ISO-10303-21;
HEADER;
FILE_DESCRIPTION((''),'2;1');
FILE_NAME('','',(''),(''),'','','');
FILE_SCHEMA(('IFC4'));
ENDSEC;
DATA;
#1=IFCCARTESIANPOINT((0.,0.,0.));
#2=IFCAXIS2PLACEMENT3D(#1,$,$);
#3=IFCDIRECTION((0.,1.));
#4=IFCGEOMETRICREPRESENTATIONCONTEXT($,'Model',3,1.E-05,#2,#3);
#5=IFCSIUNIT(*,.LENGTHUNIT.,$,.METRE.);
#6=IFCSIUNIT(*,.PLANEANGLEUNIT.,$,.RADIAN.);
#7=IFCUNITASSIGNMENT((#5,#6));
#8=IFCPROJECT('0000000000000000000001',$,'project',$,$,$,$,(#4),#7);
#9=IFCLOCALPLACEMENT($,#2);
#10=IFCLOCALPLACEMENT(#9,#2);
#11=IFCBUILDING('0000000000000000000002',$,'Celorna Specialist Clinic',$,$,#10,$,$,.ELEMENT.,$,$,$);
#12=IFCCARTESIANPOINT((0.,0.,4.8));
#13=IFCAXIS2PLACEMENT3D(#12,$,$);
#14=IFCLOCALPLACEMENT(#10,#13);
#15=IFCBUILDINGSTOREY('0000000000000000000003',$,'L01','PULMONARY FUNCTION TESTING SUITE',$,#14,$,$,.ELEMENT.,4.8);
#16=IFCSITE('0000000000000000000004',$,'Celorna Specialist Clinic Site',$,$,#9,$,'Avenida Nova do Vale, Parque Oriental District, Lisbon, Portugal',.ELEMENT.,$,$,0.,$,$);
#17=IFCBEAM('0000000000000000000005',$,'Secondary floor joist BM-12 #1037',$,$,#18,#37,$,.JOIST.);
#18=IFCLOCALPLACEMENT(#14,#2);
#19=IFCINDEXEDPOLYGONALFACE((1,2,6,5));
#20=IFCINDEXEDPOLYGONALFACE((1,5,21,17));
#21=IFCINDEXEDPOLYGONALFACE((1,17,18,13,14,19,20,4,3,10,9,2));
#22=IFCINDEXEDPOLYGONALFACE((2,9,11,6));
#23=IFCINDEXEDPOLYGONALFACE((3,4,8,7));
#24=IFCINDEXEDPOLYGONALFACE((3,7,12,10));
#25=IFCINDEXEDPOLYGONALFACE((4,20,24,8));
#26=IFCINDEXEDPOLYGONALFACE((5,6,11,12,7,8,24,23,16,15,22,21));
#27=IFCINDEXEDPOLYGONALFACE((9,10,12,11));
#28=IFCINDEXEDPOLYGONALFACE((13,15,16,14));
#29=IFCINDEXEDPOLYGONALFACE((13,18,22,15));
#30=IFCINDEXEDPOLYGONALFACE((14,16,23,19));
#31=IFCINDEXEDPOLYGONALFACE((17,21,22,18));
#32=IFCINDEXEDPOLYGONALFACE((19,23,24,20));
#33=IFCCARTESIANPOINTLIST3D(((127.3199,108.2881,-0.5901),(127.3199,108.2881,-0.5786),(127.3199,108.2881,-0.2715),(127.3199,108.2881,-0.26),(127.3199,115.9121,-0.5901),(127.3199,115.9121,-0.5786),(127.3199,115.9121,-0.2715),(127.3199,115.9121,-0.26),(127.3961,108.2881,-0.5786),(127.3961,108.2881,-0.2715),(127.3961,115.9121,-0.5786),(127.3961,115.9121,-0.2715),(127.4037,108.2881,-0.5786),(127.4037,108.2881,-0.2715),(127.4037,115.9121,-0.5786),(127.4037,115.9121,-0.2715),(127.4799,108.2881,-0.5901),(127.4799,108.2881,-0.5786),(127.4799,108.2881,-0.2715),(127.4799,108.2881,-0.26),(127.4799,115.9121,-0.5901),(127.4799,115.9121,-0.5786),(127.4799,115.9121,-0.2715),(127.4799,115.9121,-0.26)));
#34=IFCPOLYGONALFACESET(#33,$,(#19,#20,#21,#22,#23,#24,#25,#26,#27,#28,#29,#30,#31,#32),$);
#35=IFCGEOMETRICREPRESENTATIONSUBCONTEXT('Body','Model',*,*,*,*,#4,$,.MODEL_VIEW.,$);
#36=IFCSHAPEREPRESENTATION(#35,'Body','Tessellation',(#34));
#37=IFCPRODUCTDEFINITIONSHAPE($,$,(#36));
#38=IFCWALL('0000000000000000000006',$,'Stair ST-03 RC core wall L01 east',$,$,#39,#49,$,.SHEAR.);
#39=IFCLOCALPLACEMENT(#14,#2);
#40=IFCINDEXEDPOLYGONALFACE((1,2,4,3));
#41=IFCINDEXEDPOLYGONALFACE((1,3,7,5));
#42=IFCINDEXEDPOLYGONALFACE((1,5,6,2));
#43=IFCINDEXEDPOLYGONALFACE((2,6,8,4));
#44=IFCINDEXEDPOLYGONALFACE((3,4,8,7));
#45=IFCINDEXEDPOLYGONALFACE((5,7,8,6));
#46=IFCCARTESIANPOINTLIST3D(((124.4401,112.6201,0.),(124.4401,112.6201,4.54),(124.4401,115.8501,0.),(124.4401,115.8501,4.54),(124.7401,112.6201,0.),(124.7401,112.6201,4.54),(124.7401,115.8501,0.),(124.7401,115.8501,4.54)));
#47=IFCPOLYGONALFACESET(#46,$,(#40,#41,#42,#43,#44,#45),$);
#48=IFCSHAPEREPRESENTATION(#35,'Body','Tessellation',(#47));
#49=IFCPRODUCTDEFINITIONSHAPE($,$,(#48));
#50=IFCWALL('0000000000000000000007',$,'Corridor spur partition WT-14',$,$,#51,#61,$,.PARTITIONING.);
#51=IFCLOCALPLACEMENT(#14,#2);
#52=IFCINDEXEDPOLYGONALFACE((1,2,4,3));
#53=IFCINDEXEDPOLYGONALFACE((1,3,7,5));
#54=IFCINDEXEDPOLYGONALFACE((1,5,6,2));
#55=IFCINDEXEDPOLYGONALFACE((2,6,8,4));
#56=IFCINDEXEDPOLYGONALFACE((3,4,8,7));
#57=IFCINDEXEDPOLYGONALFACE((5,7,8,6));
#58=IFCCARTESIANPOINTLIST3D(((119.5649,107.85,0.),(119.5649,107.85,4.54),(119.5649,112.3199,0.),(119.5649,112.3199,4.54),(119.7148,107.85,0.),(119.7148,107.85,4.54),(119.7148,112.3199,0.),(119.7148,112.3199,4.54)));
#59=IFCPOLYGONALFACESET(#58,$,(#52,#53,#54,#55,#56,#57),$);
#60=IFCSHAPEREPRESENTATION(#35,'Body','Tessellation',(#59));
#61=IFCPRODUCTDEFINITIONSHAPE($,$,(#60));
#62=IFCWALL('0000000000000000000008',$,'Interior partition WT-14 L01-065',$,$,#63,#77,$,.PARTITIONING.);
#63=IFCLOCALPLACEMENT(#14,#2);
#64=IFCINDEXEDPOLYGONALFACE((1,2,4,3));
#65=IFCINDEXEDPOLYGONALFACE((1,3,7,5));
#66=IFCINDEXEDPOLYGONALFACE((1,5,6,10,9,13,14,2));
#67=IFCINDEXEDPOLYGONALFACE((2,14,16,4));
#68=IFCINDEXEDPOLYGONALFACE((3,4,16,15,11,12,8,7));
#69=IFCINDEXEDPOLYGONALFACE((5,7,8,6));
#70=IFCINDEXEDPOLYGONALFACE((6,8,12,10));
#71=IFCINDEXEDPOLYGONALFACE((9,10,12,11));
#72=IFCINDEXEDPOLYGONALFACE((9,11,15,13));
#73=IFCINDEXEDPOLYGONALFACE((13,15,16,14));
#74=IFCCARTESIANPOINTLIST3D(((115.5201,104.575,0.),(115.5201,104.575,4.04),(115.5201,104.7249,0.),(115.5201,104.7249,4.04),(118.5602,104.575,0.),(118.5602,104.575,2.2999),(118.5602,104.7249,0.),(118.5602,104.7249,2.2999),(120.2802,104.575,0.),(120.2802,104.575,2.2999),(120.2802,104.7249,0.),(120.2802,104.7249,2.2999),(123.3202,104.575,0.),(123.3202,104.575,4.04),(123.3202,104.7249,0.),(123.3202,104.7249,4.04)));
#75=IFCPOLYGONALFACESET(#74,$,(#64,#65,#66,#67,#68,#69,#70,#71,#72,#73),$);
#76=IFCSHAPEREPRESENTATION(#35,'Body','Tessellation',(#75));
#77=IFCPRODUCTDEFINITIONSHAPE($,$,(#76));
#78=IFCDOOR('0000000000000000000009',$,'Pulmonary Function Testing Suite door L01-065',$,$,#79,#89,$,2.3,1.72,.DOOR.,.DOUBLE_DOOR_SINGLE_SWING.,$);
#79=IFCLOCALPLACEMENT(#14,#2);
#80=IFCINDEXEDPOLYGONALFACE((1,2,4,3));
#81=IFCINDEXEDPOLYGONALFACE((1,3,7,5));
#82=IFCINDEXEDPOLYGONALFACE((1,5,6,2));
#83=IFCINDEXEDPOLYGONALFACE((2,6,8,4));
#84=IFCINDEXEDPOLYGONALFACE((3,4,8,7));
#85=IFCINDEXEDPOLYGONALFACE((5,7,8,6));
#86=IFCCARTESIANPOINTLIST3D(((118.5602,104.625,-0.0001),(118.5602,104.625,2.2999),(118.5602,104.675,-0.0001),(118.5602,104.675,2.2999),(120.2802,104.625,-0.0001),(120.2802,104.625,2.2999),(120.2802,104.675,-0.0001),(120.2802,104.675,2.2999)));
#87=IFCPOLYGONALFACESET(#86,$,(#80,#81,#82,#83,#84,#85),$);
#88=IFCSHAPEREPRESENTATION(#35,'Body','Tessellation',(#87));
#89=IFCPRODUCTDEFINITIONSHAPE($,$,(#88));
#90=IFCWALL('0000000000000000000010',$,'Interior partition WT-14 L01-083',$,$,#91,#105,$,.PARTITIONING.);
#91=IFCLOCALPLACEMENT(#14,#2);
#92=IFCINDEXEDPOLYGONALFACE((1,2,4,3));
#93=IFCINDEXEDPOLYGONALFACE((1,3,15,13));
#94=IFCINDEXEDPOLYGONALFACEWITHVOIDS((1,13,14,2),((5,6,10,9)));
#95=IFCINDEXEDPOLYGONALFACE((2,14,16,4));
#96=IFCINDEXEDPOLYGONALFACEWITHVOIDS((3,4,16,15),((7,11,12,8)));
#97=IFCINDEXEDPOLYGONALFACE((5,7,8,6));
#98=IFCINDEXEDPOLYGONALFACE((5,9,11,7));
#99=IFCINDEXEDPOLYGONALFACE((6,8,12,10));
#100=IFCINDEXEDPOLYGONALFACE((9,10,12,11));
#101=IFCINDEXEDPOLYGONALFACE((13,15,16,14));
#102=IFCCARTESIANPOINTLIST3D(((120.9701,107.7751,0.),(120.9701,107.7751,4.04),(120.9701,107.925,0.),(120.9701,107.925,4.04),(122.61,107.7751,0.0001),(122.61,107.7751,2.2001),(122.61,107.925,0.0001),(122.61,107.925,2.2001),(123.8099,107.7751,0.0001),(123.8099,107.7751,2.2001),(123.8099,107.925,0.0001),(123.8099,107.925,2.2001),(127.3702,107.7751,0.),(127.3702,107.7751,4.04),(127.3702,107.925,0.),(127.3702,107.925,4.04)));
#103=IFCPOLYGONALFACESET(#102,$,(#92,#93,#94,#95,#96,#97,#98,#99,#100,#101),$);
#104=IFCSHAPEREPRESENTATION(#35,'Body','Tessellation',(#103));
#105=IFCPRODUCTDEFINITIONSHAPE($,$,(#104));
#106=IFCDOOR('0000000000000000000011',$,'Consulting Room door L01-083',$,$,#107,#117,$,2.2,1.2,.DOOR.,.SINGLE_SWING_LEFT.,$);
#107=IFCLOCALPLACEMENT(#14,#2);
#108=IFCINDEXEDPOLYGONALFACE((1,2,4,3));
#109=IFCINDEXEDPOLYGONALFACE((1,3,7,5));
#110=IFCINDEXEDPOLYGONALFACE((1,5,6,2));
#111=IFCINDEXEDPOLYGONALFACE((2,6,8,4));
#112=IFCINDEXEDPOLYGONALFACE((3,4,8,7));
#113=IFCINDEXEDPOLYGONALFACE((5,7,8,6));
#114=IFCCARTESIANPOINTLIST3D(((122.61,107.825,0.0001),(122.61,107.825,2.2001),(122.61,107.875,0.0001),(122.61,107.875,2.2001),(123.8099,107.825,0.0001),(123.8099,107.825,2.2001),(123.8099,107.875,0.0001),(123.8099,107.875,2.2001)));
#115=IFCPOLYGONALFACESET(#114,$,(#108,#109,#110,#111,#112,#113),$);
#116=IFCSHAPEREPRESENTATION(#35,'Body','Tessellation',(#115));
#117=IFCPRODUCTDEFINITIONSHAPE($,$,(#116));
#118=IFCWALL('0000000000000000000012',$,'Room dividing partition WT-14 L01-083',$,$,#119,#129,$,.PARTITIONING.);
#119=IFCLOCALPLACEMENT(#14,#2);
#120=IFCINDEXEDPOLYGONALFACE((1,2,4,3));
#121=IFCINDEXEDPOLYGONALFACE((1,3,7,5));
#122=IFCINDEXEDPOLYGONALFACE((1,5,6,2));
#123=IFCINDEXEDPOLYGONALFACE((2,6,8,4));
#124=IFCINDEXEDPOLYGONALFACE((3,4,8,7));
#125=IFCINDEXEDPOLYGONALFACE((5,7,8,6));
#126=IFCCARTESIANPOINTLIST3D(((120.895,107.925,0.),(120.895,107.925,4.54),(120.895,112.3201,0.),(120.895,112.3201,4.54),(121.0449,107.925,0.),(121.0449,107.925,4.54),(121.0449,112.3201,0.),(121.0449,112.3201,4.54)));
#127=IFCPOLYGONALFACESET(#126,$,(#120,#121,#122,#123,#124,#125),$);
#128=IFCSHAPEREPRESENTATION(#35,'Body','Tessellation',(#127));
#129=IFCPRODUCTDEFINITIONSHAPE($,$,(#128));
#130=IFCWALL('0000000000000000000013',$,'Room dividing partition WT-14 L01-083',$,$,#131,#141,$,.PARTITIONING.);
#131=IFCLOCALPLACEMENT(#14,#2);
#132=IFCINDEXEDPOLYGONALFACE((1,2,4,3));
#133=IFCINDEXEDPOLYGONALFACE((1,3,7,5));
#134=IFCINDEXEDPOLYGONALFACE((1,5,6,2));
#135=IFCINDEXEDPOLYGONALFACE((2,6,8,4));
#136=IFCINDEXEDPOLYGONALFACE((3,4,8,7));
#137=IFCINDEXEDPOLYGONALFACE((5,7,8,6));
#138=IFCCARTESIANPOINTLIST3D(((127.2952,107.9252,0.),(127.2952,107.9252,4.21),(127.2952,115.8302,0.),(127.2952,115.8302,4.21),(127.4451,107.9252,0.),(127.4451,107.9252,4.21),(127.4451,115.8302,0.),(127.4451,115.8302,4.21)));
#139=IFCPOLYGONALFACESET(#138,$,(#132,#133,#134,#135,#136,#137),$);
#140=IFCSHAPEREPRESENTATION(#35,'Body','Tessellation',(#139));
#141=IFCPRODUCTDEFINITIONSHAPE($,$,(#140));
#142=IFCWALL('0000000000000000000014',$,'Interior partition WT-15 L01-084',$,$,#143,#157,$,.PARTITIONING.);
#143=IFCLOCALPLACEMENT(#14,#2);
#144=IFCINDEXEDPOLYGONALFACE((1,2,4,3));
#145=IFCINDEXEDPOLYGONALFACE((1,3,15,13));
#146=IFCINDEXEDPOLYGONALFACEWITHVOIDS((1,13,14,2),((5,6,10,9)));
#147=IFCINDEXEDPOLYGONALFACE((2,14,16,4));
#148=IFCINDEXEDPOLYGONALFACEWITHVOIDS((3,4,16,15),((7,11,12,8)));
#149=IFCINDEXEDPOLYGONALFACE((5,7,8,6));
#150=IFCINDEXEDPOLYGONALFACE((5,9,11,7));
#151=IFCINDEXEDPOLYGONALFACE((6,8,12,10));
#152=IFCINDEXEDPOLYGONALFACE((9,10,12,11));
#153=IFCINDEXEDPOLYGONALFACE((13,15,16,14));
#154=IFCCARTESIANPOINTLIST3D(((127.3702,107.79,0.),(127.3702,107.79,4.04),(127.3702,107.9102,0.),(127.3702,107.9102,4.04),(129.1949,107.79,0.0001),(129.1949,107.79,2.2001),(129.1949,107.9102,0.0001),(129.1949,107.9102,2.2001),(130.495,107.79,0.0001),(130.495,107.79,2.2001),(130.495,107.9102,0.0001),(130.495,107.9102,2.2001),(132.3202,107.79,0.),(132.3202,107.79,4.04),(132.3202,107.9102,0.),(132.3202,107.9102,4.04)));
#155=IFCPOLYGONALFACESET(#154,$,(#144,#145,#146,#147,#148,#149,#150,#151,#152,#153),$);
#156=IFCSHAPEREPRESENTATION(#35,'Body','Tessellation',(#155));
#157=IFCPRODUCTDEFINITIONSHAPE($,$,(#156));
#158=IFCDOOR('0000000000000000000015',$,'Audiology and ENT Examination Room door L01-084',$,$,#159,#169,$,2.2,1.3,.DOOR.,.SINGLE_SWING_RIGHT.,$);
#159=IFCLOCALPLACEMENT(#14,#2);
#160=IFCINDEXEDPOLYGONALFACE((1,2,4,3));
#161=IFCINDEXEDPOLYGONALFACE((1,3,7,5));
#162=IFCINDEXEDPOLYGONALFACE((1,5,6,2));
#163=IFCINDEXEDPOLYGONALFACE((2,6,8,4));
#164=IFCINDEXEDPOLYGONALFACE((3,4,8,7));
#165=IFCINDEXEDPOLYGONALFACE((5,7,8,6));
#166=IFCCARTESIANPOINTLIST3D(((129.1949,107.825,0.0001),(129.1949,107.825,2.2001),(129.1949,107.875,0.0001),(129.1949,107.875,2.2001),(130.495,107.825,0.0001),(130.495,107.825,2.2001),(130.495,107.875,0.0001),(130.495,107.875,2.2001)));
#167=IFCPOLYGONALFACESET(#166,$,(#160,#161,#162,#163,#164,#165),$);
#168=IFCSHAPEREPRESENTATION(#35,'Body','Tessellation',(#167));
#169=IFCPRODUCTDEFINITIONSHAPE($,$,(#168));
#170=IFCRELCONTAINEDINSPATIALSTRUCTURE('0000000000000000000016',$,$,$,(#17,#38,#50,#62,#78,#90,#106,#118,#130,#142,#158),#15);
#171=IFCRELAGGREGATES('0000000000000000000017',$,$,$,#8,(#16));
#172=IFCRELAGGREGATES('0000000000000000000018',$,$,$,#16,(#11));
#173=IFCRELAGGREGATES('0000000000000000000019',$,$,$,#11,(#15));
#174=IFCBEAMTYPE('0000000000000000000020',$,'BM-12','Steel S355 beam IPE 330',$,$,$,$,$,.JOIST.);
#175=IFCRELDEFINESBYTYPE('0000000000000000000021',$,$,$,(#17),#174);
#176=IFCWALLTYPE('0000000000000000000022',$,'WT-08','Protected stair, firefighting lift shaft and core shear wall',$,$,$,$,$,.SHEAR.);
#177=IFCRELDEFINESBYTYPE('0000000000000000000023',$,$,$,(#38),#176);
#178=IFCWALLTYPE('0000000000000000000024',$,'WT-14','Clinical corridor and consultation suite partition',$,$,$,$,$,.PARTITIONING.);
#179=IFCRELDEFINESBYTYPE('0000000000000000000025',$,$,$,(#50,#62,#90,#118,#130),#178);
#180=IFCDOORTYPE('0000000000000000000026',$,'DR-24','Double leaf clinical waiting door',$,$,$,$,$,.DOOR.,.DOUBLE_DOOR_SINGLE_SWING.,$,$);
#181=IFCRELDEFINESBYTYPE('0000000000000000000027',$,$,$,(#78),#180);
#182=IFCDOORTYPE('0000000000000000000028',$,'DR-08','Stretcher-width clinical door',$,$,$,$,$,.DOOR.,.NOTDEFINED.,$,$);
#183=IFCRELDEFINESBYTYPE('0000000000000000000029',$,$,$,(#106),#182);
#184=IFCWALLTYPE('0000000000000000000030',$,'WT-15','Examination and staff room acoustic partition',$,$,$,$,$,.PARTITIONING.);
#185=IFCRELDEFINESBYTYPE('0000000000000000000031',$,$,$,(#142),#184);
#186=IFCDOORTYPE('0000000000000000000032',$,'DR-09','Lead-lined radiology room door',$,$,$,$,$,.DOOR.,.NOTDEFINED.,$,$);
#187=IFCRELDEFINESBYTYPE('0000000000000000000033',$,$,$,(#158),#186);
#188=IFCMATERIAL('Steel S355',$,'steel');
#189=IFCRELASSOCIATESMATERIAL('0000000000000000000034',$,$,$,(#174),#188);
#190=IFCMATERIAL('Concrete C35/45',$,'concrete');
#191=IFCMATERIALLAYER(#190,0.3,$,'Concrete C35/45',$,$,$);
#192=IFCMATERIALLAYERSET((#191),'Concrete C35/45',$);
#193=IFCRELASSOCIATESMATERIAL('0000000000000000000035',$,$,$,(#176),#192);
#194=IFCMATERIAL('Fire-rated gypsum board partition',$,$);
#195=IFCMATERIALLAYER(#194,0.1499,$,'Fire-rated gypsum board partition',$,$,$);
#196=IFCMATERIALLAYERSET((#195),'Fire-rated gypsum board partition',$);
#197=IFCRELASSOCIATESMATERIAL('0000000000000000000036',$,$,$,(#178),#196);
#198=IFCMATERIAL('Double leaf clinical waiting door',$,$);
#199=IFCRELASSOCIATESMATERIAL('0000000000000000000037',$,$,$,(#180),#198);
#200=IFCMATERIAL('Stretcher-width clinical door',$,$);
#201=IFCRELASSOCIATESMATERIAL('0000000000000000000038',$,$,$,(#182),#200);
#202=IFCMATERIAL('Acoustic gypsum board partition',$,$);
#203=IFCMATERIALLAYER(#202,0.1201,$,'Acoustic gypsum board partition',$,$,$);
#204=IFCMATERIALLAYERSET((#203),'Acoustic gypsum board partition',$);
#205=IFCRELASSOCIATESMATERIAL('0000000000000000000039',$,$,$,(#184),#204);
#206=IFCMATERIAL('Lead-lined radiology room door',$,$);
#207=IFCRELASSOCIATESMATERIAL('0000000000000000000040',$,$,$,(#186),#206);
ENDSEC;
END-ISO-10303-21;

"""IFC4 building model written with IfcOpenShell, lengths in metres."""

from ifc_helpers import new_model, si_unit, direction, frame, frame_2d, origin, origin_2d, place, context, subcontext, project, spatial, rectangle, i_section, extrude, material, layer, layer_set, material_profile, profile_set, type_object, element, fill, save


model = new_model("IFC4")

# Units and contexts
model_context = context("Model", 3, precision=1e-05, world=origin(), true_north=direction((0.0, 1.0)))
body_context = subcontext(model_context, "Body", "Model", "MODEL_VIEW")
ifc_project = project(units=[si_unit("LENGTHUNIT", "METRE"), si_unit("PLANEANGLEUNIT", "RADIAN")], contexts=[model_context])

# Site, building, storey
site_placement = place(None, origin())
site = spatial("IfcSite", under=ifc_project, at=site_placement, Name="Celorna Specialist Clinic Site", LongName="Avenida Nova do Vale, Parque Oriental District, Lisbon, Portugal", CompositionType="ELEMENT", RefElevation=0.0)
building_placement = place(site_placement, origin())
building = spatial("IfcBuilding", under=site, at=building_placement, Name="Celorna Specialist Clinic", CompositionType="ELEMENT")
storey_placement = place(building_placement, frame((0.0, 0.0, 4.8)))
storey = spatial("IfcBuildingStorey", under=building, at=storey_placement, Name="L01", Description="PULMONARY FUNCTION TESTING SUITE", CompositionType="ELEMENT", Elevation=4.8)

# Shared definitions
ifc_material_1 = material(Name="Concrete C35/45", Category="concrete")

# Beam
ifc_material_2 = material(Name="Steel S355", Category="steel")
ifc_material_profile_1 = material_profile(ifc_material_2, i_section(OverallWidth=0.1599, OverallDepth=0.3301, WebThickness=0.0076, FlangeThickness=0.0115, at=origin_2d()), Name="IPE 330")
ifc_profile_set_1 = profile_set([ifc_material_profile_1], Name="Steel S355")
beam_type_1 = type_object("IfcBeamType", Name="BM-12", Description="Steel S355 beam IPE 330", PredefinedType="JOIST", material=ifc_profile_set_1)
beam_1_placement = place(storey_placement, frame((127.3999, 108.2881, -0.425), z_axis=(0.0, 1.0, 0.0), x_axis=(-1.0, 0.0, 0.0)))
element("IfcBeam", 1, at=beam_1_placement, inside=storey, type_object=beam_type_1, Name="Secondary floor joist BM-12 #1037", PredefinedType="JOIST", context=body_context, shape_type="SweptSolid", body=[
    extrude(i_section(OverallWidth=0.1599, OverallDepth=0.3301, WebThickness=0.0076, FlangeThickness=0.0115, at=origin_2d()), origin(), (0.0, 0.0, 1.0), 7.624),
])

# Walls
ifc_layer_1 = layer(ifc_material_1, 0.3, Name="Concrete C35/45")
ifc_layer_set_1 = layer_set([ifc_layer_1], Name="Concrete C35/45")
wall_type_1 = type_object("IfcWallType", Name="WT-08", Description="Protected stair, firefighting lift shaft and core shear wall", PredefinedType="SHEAR", material=ifc_layer_set_1)
wall_1_placement = place(storey_placement, frame((124.5901, 112.6201, 0.0), z_axis=(0.0, 0.0, 1.0), x_axis=(0.0, 1.0, 0.0)))
element("IfcWall", 2, at=wall_1_placement, inside=storey, type_object=wall_type_1, Name="Stair ST-03 RC core wall L01 east", PredefinedType="SHEAR", context=body_context, shape_type="SweptSolid", body=[
    extrude(rectangle(XDim=3.23, YDim=0.3, at=frame_2d((1.615, 0.0))), origin(), (0.0, 0.0, 1.0), 4.54),
])
ifc_material_3 = material(Name="Fire-rated gypsum board partition")
ifc_layer_2 = layer(ifc_material_3, 0.1499, Name="Fire-rated gypsum board partition")
ifc_layer_set_2 = layer_set([ifc_layer_2], Name="Fire-rated gypsum board partition")
wall_type_2 = type_object("IfcWallType", Name="WT-14", Description="Clinical corridor and consultation suite partition", PredefinedType="PARTITIONING", material=ifc_layer_set_2)
wall_2_placement = place(storey_placement, frame((119.6399, 107.8501, 0.0), z_axis=(0.0, 0.0, 1.0), x_axis=(0.0, 1.0, 0.0)))
element("IfcWall", 3, at=wall_2_placement, inside=storey, type_object=wall_type_2, Name="Corridor spur partition WT-14", PredefinedType="PARTITIONING", context=body_context, shape_type="SweptSolid", body=[
    extrude(rectangle(XDim=4.47, YDim=0.1499, at=frame_2d((2.2349, 0.0))), origin(), (0.0, 0.0, 1.0), 4.54),
])

# Walls, openings, doors
wall_3_placement = place(storey_placement, frame((123.3201, 104.6499, 0.0), z_axis=(0.0, 0.0, 1.0), x_axis=(-1.0, 0.0, 0.0)))
wall_3 = element("IfcWall", 4, at=wall_3_placement, inside=storey, type_object=wall_type_2, Name="Interior partition WT-14 L01-065", PredefinedType="PARTITIONING", context=body_context, shape_type="SweptSolid", body=[
    extrude(rectangle(XDim=7.8, YDim=0.1499, at=frame_2d((3.8999, 0.0))), origin(), (0.0, 0.0, 1.0), 4.04),
])
opening_1_placement = place(wall_3_placement, frame((3.04, 0.0, 0.0)))
opening_1 = element("IfcOpeningElement", 5, at=opening_1_placement, cuts=wall_3, PredefinedType="OPENING", context=body_context, shape_type="SweptSolid", body=[
    extrude(rectangle(XDim=1.72, YDim=2.3, at=frame_2d((0.8599, 1.1499))), frame((0.0, 0.085, 0.0), z_axis=(0.0, -1.0, 0.0), x_axis=(1.0, 0.0, 0.0)), (0.0, 0.0, 1.0), 0.1699),
])
ifc_material_4 = material(Name="Double leaf clinical waiting door")
door_type_1 = type_object("IfcDoorType", Name="DR-24", Description="Double leaf clinical waiting door", OperationType="DOUBLE_DOOR_SINGLE_SWING", PredefinedType="DOOR", material=ifc_material_4)
door_1_placement = place(opening_1_placement, origin())
door_1 = element("IfcDoor", 6, at=door_1_placement, inside=storey, type_object=door_type_1, Name="Pulmonary Function Testing Suite door L01-065", OperationType="DOUBLE_DOOR_SINGLE_SWING", OverallHeight=2.3, OverallWidth=1.72, PredefinedType="DOOR", context=body_context, shape_type="SweptSolid", body=[
    extrude(rectangle(XDim=1.72, YDim=2.3, at=frame_2d((0.8599, 1.1499))), frame((0.0, 0.0249, 0.0), z_axis=(0.0, -1.0, 0.0), x_axis=(1.0, 0.0, 0.0)), (0.0, 0.0, 1.0), 0.05),
])
fill(opening_1, door_1)
wall_4_placement = place(storey_placement, frame((120.97, 107.8501, 0.0), z_axis=(0.0, 0.0, 1.0), x_axis=(1.0, 0.0, 0.0)))
wall_4 = element("IfcWall", 7, at=wall_4_placement, inside=storey, type_object=wall_type_2, Name="Interior partition WT-14 L01-083", PredefinedType="PARTITIONING", context=body_context, shape_type="SweptSolid", body=[
    extrude(rectangle(XDim=6.4001, YDim=0.1499, at=frame_2d((3.2002, 0.0))), origin(), (0.0, 0.0, 1.0), 4.04),
])
opening_2_placement = place(wall_4_placement, frame((1.6399, 0.0, 0.0)))
opening_2 = element("IfcOpeningElement", 8, at=opening_2_placement, cuts=wall_4, PredefinedType="OPENING", context=body_context, shape_type="SweptSolid", body=[
    extrude(rectangle(XDim=1.2, YDim=2.2, at=frame_2d((0.6001, 1.1001))), frame((0.0, 0.085, 0.0), z_axis=(0.0, -1.0, 0.0), x_axis=(1.0, 0.0, 0.0)), (0.0, 0.0, 1.0), 0.1699),
])
ifc_material_5 = material(Name="Stretcher-width clinical door")
door_type_2 = type_object("IfcDoorType", Name="DR-08", Description="Stretcher-width clinical door", OperationType="NOTDEFINED", PredefinedType="DOOR", material=ifc_material_5)
door_2_placement = place(opening_2_placement, origin())
door_2 = element("IfcDoor", 9, at=door_2_placement, inside=storey, type_object=door_type_2, Name="Consulting Room door L01-083", OperationType="SINGLE_SWING_LEFT", OverallHeight=2.2, OverallWidth=1.2, PredefinedType="DOOR", context=body_context, shape_type="SweptSolid", body=[
    extrude(rectangle(XDim=1.2, YDim=2.2, at=frame_2d((0.6001, 1.1001))), frame((0.0, 0.0249, 0.0), z_axis=(0.0, -1.0, 0.0), x_axis=(1.0, 0.0, 0.0)), (0.0, 0.0, 1.0), 0.05),
])
fill(opening_2, door_2)

# Walls
wall_5_placement = place(storey_placement, frame((120.97, 107.925, 0.0), z_axis=(0.0, 0.0, 1.0), x_axis=(0.0, 1.0, 0.0)))
element("IfcWall", 10, at=wall_5_placement, inside=storey, type_object=wall_type_2, Name="Room dividing partition WT-14 L01-083", PredefinedType="PARTITIONING", context=body_context, shape_type="SweptSolid", body=[
    extrude(rectangle(XDim=4.395, YDim=0.1499, at=frame_2d((2.1975, 0.0))), origin(), (0.0, 0.0, 1.0), 4.54),
])
wall_6_placement = place(storey_placement, frame((127.3701, 107.925, 0.0), z_axis=(0.0, 0.0, 1.0), x_axis=(0.0, 1.0, 0.0)))
element("IfcWall", 11, at=wall_6_placement, inside=storey, type_object=wall_type_2, Name="Room dividing partition WT-14 L01-083", PredefinedType="PARTITIONING", context=body_context, shape_type="SweptSolid", body=[
    extrude(rectangle(XDim=7.905, YDim=0.1499, at=frame_2d((3.9526, 0.0))), origin(), (0.0, 0.0, 1.0), 4.21),
])

# Wall, opening, door
ifc_material_6 = material(Name="Acoustic gypsum board partition")
ifc_layer_3 = layer(ifc_material_6, 0.1201, Name="Acoustic gypsum board partition")
ifc_layer_set_3 = layer_set([ifc_layer_3], Name="Acoustic gypsum board partition")
wall_type_3 = type_object("IfcWallType", Name="WT-15", Description="Examination and staff room acoustic partition", PredefinedType="PARTITIONING", material=ifc_layer_set_3)
wall_7_placement = place(storey_placement, frame((127.3701, 107.8501, 0.0), z_axis=(0.0, 0.0, 1.0), x_axis=(1.0, 0.0, 0.0)))
wall_7 = element("IfcWall", 12, at=wall_7_placement, inside=storey, type_object=wall_type_3, Name="Interior partition WT-15 L01-084", PredefinedType="PARTITIONING", context=body_context, shape_type="SweptSolid", body=[
    extrude(rectangle(XDim=4.95, YDim=0.1201, at=frame_2d((2.4751, 0.0))), origin(), (0.0, 0.0, 1.0), 4.04),
])
opening_3_placement = place(wall_7_placement, frame((1.825, 0.0, 0.0)))
opening_3 = element("IfcOpeningElement", 13, at=opening_3_placement, cuts=wall_7, PredefinedType="OPENING", context=body_context, shape_type="SweptSolid", body=[
    extrude(rectangle(XDim=1.3, YDim=2.2, at=frame_2d((0.6499, 1.1001))), frame((0.0, 0.0701, 0.0), z_axis=(0.0, -1.0, 0.0), x_axis=(1.0, 0.0, 0.0)), (0.0, 0.0, 1.0), 0.1401),
])
ifc_material_7 = material(Name="Lead-lined radiology room door")
door_type_3 = type_object("IfcDoorType", Name="DR-09", Description="Lead-lined radiology room door", OperationType="NOTDEFINED", PredefinedType="DOOR", material=ifc_material_7)
door_3_placement = place(opening_3_placement, origin())
door_3 = element("IfcDoor", 14, at=door_3_placement, inside=storey, type_object=door_type_3, Name="Audiology and ENT Examination Room door L01-084", OperationType="SINGLE_SWING_RIGHT", OverallHeight=2.2, OverallWidth=1.3, PredefinedType="DOOR", context=body_context, shape_type="SweptSolid", body=[
    extrude(rectangle(XDim=1.3, YDim=2.2, at=frame_2d((0.6499, 1.1001))), frame((0.0, 0.0249, 0.0), z_axis=(0.0, -1.0, 0.0), x_axis=(1.0, 0.0, 0.0)), (0.0, 0.0, 1.0), 0.05),
])
fill(opening_3, door_3)

save(model, "model.ifc")
